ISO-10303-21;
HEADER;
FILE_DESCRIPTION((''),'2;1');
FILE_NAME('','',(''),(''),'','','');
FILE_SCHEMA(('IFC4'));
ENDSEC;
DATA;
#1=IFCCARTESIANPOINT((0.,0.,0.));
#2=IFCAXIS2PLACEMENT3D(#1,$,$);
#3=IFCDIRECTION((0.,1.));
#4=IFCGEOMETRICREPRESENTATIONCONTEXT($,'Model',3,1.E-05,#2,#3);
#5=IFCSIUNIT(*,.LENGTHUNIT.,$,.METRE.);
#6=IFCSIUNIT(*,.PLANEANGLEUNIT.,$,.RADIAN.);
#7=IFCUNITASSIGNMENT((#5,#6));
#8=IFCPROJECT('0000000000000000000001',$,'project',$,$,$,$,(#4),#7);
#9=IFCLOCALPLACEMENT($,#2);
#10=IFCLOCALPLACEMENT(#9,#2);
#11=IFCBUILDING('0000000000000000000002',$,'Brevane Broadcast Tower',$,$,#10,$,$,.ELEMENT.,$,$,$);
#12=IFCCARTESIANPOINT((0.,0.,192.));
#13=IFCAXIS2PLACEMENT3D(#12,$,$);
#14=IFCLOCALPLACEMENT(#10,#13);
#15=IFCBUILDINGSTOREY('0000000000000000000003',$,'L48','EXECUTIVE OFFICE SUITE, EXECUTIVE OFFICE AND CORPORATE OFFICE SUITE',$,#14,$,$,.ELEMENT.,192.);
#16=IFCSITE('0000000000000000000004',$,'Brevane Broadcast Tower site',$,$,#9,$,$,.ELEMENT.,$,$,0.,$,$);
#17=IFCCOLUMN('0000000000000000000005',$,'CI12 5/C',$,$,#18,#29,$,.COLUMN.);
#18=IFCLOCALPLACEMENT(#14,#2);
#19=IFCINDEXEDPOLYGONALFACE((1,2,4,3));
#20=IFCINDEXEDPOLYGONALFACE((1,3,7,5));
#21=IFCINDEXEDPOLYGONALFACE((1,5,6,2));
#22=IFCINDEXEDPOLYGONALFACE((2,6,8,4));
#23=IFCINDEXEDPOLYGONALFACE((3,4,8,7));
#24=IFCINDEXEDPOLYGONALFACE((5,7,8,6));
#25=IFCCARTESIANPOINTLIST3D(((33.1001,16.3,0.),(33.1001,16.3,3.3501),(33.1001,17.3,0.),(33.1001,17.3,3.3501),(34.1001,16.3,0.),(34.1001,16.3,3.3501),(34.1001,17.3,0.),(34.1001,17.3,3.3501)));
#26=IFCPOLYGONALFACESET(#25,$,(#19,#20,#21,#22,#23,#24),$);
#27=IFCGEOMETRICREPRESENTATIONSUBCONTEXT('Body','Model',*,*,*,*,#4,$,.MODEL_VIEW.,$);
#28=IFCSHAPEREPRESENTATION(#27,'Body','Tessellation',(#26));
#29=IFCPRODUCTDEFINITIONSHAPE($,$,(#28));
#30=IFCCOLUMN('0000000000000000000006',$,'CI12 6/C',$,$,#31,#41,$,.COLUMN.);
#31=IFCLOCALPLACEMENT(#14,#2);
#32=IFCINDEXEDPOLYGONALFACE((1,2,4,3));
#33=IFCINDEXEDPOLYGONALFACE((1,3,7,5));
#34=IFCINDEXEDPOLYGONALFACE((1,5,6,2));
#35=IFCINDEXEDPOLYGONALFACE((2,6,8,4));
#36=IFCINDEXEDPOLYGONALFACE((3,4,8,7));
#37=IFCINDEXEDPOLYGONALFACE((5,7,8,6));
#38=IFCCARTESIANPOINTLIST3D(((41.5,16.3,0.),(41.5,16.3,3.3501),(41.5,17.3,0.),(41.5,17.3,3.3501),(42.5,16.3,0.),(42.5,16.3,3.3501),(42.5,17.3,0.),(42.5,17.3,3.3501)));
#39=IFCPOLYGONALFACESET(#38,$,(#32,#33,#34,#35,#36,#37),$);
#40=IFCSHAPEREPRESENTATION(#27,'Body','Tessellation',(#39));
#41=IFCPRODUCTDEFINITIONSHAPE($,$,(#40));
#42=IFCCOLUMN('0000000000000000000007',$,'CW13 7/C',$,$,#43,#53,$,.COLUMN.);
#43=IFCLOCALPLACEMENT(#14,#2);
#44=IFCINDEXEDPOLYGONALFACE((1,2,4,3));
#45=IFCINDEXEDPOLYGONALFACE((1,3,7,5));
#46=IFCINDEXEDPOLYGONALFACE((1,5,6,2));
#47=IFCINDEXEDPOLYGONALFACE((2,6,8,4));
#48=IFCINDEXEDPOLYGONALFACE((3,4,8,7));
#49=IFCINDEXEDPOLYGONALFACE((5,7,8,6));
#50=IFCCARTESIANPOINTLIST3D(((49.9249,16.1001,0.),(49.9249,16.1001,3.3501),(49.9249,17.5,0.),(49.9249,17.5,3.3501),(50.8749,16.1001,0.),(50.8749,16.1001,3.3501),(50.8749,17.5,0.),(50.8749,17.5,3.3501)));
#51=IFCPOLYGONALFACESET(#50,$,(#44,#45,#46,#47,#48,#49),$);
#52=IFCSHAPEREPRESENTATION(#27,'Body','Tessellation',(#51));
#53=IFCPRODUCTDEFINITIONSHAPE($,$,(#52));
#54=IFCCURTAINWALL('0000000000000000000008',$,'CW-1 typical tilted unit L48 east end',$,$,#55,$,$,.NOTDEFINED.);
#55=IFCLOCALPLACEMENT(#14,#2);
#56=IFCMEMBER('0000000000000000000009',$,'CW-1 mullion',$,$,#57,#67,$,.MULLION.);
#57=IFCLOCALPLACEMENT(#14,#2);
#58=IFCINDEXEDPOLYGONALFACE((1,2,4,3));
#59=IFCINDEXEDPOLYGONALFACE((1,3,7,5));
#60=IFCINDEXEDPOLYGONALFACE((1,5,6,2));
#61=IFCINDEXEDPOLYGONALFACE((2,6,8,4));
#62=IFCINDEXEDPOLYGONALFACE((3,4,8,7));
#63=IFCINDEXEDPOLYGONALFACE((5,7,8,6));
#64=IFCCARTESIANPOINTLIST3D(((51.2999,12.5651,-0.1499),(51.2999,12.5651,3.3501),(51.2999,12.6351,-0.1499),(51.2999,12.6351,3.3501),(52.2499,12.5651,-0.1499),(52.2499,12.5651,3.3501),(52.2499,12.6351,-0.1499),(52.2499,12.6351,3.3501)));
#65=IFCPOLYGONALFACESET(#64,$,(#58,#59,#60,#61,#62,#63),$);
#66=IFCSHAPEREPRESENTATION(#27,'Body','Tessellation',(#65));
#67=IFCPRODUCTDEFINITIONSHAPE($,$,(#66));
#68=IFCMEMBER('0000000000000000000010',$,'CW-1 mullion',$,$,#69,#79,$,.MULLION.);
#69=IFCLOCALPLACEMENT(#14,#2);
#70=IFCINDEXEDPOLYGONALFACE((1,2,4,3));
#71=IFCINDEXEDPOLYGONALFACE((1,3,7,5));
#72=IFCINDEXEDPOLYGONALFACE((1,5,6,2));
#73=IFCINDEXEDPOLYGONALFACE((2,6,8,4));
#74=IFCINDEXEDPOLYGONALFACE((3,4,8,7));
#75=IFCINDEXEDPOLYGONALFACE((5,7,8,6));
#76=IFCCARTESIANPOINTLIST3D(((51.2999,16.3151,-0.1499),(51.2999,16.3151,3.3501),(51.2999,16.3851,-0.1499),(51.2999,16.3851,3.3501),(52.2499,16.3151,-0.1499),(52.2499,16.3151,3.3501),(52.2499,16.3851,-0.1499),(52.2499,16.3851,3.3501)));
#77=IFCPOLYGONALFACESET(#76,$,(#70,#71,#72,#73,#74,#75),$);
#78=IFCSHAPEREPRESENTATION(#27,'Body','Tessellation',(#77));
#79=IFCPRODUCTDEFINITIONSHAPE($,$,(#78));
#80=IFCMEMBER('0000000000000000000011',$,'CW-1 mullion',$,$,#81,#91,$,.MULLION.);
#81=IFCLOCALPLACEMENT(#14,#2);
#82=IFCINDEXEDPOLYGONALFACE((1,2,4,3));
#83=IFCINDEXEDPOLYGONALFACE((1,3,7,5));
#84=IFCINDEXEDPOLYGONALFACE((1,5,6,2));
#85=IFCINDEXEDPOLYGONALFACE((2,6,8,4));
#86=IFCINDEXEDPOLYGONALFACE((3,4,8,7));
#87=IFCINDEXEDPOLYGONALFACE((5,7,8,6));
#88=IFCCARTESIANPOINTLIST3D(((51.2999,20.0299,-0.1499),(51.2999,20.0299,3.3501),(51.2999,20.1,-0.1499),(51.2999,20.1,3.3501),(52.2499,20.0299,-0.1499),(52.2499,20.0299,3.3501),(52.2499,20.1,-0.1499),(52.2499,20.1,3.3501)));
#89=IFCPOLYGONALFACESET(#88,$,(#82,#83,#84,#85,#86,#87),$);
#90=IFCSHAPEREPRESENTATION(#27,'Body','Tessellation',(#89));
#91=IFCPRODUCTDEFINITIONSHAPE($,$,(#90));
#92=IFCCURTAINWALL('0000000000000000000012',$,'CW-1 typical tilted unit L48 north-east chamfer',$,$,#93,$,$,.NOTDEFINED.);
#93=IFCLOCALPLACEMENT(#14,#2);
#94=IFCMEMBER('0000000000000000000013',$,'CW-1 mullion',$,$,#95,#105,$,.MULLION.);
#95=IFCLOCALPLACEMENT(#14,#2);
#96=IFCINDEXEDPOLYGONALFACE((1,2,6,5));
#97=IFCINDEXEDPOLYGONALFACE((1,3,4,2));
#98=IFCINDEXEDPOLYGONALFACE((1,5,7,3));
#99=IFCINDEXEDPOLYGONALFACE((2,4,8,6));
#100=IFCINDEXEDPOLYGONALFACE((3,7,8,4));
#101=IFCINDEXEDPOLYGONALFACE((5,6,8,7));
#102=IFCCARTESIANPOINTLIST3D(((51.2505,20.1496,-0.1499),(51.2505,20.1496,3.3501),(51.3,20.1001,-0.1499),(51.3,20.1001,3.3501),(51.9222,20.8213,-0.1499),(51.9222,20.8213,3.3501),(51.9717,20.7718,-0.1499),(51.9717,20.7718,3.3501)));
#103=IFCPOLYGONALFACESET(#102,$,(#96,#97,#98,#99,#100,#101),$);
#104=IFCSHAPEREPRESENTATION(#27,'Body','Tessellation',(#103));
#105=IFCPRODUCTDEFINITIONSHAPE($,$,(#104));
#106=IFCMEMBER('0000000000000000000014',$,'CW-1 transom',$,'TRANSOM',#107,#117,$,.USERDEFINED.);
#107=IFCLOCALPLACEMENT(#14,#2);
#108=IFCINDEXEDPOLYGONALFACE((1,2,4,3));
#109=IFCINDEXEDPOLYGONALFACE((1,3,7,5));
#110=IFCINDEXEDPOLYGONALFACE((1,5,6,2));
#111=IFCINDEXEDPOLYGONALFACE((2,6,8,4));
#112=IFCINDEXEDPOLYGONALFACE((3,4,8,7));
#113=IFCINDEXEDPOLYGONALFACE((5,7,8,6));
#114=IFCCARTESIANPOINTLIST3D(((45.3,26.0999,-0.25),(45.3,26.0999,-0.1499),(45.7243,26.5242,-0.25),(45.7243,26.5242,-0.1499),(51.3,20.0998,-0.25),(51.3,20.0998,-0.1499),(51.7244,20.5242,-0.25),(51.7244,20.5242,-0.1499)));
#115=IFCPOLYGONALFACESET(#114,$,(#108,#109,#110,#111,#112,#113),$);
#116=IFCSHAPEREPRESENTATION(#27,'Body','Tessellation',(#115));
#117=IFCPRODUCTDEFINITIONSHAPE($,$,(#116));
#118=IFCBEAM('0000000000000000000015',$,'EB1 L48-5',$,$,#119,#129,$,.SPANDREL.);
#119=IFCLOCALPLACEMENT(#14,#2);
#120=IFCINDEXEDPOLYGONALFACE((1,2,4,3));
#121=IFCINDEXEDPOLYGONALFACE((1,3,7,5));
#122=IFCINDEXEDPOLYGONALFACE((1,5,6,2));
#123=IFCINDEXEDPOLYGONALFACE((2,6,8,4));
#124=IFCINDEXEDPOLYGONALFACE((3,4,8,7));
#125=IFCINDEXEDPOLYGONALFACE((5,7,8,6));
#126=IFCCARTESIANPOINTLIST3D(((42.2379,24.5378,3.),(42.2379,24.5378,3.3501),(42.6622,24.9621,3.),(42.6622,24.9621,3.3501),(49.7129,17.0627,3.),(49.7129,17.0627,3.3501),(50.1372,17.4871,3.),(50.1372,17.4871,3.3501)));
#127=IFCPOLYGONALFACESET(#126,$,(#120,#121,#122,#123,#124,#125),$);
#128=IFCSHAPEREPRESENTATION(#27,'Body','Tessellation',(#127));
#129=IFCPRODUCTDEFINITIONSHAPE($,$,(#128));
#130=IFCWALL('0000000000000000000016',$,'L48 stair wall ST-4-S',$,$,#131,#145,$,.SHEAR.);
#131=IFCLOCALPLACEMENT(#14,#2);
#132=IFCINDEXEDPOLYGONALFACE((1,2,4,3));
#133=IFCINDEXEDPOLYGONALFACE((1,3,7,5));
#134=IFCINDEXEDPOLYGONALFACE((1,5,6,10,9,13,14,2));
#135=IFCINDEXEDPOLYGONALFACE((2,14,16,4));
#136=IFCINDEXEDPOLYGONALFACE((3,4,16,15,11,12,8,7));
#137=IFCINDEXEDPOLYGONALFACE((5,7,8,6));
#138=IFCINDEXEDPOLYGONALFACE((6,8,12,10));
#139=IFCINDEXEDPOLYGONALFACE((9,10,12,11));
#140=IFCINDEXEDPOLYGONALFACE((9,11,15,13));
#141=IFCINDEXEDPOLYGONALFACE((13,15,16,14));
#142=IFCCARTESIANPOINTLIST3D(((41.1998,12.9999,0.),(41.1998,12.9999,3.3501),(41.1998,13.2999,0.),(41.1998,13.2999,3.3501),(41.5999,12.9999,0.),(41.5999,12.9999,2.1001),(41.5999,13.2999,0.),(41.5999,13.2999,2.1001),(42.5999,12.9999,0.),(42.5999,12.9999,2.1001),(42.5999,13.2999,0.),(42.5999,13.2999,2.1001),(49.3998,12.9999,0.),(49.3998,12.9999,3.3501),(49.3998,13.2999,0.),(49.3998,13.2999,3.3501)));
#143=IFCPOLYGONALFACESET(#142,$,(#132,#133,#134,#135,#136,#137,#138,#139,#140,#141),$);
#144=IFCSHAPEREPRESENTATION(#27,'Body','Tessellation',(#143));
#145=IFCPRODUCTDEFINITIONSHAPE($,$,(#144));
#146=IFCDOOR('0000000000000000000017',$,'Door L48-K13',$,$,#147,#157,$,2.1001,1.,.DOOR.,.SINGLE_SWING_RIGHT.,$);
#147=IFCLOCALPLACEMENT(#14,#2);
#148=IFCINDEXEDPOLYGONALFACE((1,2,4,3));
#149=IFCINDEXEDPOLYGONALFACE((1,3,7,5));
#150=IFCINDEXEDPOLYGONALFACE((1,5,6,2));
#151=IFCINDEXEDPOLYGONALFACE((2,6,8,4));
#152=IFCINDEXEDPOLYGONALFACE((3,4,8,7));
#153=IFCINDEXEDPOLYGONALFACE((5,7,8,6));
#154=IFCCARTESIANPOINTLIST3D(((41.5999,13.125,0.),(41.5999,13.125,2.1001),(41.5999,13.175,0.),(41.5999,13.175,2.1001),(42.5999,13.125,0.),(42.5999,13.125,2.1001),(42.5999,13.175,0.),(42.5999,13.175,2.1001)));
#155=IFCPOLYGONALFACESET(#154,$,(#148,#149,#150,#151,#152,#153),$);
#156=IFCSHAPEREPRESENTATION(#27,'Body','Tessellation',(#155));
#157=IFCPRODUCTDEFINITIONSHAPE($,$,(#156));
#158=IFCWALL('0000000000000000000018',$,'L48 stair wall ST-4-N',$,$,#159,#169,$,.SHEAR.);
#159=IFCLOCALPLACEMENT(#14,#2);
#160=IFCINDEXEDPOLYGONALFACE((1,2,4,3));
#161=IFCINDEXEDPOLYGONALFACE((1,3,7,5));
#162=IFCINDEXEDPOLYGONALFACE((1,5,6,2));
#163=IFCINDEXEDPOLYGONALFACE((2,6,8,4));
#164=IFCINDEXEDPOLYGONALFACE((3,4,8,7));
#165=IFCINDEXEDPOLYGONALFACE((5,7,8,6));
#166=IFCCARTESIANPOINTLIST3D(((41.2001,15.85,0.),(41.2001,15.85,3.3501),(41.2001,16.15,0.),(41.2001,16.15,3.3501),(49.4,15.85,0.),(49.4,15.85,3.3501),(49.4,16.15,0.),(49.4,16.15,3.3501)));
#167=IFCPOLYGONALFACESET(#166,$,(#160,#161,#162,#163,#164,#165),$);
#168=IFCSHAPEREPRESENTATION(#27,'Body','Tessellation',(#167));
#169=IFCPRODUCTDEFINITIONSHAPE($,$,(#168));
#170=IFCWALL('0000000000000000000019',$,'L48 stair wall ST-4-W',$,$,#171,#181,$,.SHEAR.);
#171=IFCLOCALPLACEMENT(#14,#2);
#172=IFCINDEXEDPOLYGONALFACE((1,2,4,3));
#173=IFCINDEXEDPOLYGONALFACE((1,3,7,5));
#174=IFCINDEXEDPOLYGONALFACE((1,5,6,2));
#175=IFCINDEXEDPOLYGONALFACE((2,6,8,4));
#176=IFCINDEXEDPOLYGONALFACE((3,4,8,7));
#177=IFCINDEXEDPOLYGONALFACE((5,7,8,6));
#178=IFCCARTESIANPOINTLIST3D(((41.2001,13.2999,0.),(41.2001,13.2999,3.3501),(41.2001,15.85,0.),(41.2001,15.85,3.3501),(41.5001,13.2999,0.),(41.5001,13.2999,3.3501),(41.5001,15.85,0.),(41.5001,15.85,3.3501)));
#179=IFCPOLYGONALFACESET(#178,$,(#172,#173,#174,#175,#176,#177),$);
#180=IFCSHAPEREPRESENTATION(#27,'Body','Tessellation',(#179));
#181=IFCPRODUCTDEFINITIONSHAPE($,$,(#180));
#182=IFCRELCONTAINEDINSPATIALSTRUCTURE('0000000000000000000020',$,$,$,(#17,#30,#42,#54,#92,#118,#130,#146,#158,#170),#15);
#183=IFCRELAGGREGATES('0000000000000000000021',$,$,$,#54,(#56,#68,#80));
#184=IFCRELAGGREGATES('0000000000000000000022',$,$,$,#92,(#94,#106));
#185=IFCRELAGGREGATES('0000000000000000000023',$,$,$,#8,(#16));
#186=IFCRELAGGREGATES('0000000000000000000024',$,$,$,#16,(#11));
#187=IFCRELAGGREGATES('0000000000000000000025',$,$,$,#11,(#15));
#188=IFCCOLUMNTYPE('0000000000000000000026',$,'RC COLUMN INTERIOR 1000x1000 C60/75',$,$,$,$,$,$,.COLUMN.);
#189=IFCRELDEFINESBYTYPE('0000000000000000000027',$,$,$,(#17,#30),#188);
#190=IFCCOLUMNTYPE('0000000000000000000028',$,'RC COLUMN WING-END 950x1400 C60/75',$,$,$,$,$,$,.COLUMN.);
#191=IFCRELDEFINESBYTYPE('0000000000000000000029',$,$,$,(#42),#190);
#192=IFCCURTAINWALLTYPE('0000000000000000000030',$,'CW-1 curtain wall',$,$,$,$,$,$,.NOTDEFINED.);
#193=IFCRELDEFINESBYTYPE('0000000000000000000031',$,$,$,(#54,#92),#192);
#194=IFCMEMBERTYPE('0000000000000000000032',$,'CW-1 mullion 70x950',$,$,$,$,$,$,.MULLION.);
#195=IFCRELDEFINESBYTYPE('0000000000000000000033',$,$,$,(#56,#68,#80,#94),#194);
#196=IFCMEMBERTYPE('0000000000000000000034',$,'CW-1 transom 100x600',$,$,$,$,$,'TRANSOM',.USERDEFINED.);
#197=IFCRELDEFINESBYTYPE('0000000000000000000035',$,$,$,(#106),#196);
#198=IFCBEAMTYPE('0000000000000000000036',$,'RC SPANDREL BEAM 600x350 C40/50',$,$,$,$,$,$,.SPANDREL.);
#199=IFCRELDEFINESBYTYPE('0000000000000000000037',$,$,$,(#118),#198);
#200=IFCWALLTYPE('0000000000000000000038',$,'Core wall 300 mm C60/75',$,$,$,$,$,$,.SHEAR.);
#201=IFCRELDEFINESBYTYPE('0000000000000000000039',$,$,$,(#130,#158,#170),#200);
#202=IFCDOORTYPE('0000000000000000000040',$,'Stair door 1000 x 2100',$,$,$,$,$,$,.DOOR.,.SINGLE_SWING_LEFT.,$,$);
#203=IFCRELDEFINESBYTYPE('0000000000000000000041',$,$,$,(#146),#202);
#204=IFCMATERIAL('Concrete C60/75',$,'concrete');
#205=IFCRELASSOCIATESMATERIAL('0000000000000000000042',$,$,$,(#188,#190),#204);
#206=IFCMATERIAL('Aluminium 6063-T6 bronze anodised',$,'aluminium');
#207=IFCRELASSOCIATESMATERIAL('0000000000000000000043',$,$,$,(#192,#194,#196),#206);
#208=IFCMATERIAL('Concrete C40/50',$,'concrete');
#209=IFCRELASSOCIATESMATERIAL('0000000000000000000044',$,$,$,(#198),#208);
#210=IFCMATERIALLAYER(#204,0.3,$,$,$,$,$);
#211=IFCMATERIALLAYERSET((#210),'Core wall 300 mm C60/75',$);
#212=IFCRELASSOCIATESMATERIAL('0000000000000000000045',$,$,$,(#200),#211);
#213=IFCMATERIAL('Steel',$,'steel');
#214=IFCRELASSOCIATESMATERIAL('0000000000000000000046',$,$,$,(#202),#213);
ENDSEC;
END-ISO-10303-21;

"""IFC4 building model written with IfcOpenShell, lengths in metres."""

from ifc_helpers import new_model, si_unit, direction, frame, frame_2d, origin, origin_2d, place, context, subcontext, project, spatial, rectangle, extrude, material, layer, layer_set, material_profile, profile_set, type_object, element, fill, aggregate, save


model = new_model("IFC4")

# Units and contexts
model_context = context("Model", 3, precision=1e-05, world=origin(), true_north=direction((0.0, 1.0)))
body_context = subcontext(model_context, "Body", "Model", "MODEL_VIEW")
ifc_project = project(units=[si_unit("LENGTHUNIT", "METRE"), si_unit("PLANEANGLEUNIT", "RADIAN")], contexts=[model_context])

# Site, building, storey
site_placement = place(None, origin())
site = spatial("IfcSite", under=ifc_project, at=site_placement, Name="Brevane Broadcast Tower site", CompositionType="ELEMENT", RefElevation=0.0)
building_placement = place(site_placement, origin())
building = spatial("IfcBuilding", under=site, at=building_placement, Name="Brevane Broadcast Tower", CompositionType="ELEMENT")
storey_placement = place(building_placement, frame((0.0, 0.0, 192.0)))
storey = spatial("IfcBuildingStorey", under=building, at=storey_placement, Name="L48", Description="EXECUTIVE OFFICE SUITE, EXECUTIVE OFFICE AND CORPORATE OFFICE SUITE", CompositionType="ELEMENT", Elevation=192.0)

# Columns
ifc_material_1 = material(Name="Concrete C60/75", Category="concrete")
ifc_material_profile_1 = material_profile(ifc_material_1, rectangle(XDim=1.0, YDim=1.0, at=origin_2d()), Name="RC 1000x1000")
ifc_profile_set_1 = profile_set([ifc_material_profile_1], Name="Concrete C60/75")
column_type_1 = type_object("IfcColumnType", Name="RC COLUMN INTERIOR 1000x1000 C60/75", PredefinedType="COLUMN", material=ifc_profile_set_1)
for number, where, z_axis, x_axis, name in (
    (1, (33.6001, 16.8, 0.0), (0.0, 0.0, 1.0), (1.0, 0.0, 0.0), "CI12 5/C"),
    (2, (42.0, 16.8, 0.0), (0.0, 0.0, 1.0), (1.0, 0.0, 0.0), "CI12 6/C"),
):
    element("IfcColumn", number, at=place(storey_placement, frame(where, z_axis=z_axis, x_axis=x_axis)), inside=storey, type_object=column_type_1, Name=name, PredefinedType="COLUMN", context=body_context, shape_type="SweptSolid", body=[
        extrude(rectangle(XDim=1.0, YDim=1.0, at=origin_2d()), origin(), (0.0, 0.0, 1.0), 3.3501),
    ])
ifc_material_profile_2 = material_profile(ifc_material_1, rectangle(XDim=0.95, YDim=1.3999, at=origin_2d()), Name="RC 950x1400")
ifc_profile_set_2 = profile_set([ifc_material_profile_2], Name="Concrete C60/75")
column_type_2 = type_object("IfcColumnType", Name="RC COLUMN WING-END 950x1400 C60/75", PredefinedType="COLUMN", material=ifc_profile_set_2)
column_placement = place(storey_placement, frame((50.3999, 16.8, 0.0), z_axis=(0.0, 0.0, 1.0), x_axis=(1.0, 0.0, 0.0)))
element("IfcColumn", 3, at=column_placement, inside=storey, type_object=column_type_2, Name="CW13 7/C", PredefinedType="COLUMN", context=body_context, shape_type="SweptSolid", body=[
    extrude(rectangle(XDim=0.95, YDim=1.3999, at=origin_2d()), origin(), (0.0, 0.0, 1.0), 3.3501),
])

# Curtain walls, members
ifc_material_2 = material(Name="Aluminium 6063-T6 bronze anodised", Category="aluminium")
curtain_wall_type = type_object("IfcCurtainWallType", Name="CW-1 curtain wall", PredefinedType="NOTDEFINED", material=ifc_material_2)
curtain_wall_1_placement = place(storey_placement, origin())
curtain_wall_1 = element("IfcCurtainWall", 4, at=curtain_wall_1_placement, inside=storey, type_object=curtain_wall_type, Name="CW-1 typical tilted unit L48 east end", PredefinedType="NOTDEFINED")
ifc_material_profile_3 = material_profile(ifc_material_2, rectangle(XDim=0.95, YDim=0.0701, at=origin_2d()), Name="RECT 70x950")
ifc_profile_set_3 = profile_set([ifc_material_profile_3], Name="Aluminium 6063-T6 bronze anodised")
member_type_1 = type_object("IfcMemberType", Name="CW-1 mullion 70x950", PredefinedType="MULLION", material=ifc_profile_set_3)
member_1_placement = place(storey_placement, frame((51.7749, 12.6001, -0.1499), z_axis=(0.0, 0.0, 1.0), x_axis=(-1.0, 0.0, 0.0)))
member_1 = element("IfcMember", 5, at=member_1_placement, type_object=member_type_1, Name="CW-1 mullion", PredefinedType="MULLION", context=body_context, shape_type="SweptSolid", body=[
    extrude(rectangle(XDim=0.95, YDim=0.0701, at=origin_2d()), origin(), (0.0, 0.0, 1.0), 3.5),
])
member_2_placement = place(storey_placement, frame((51.7749, 16.3501, -0.1499), z_axis=(0.0, 0.0, 1.0), x_axis=(-1.0, 0.0, 0.0)))
member_2 = element("IfcMember", 6, at=member_2_placement, type_object=member_type_1, Name="CW-1 mullion", PredefinedType="MULLION", context=body_context, shape_type="SweptSolid", body=[
    extrude(rectangle(XDim=0.95, YDim=0.0701, at=origin_2d()), origin(), (0.0, 0.0, 1.0), 3.5),
])
member_3_placement = place(storey_placement, frame((51.7749, 20.0649, -0.1499), z_axis=(0.0, 0.0, 1.0), x_axis=(-1.0, 0.0, 0.0)))
member_3 = element("IfcMember", 7, at=member_3_placement, type_object=member_type_1, Name="CW-1 mullion", PredefinedType="MULLION", context=body_context, shape_type="SweptSolid", body=[
    extrude(rectangle(XDim=0.95, YDim=0.0701, at=origin_2d()), origin(), (0.0, 0.0, 1.0), 3.5),
])
aggregate(curtain_wall_1, [member_1, member_2, member_3])
curtain_wall_2_placement = place(storey_placement, origin())
curtain_wall_2 = element("IfcCurtainWall", 8, at=curtain_wall_2_placement, inside=storey, type_object=curtain_wall_type, Name="CW-1 typical tilted unit L48 north-east chamfer", PredefinedType="NOTDEFINED")
member_4_placement = place(storey_placement, frame((51.6111, 20.4607, -0.1499), z_axis=(0.0, 0.0, 1.0), x_axis=(-0.707107, -0.707107, 0.0)))
member_4 = element("IfcMember", 9, at=member_4_placement, type_object=member_type_1, Name="CW-1 mullion", PredefinedType="MULLION", context=body_context, shape_type="SweptSolid", body=[
    extrude(rectangle(XDim=0.95, YDim=0.0701, at=origin_2d()), origin(), (0.0, 0.0, 1.0), 3.5),
])
ifc_material_profile_4 = material_profile(ifc_material_2, rectangle(XDim=0.6001, YDim=0.1001, at=origin_2d()), Name="RECT 100x600")
ifc_profile_set_4 = profile_set([ifc_material_profile_4], Name="Aluminium 6063-T6 bronze anodised")
member_type_2 = type_object("IfcMemberType", Name="CW-1 transom 100x600", ElementType="TRANSOM", PredefinedType="USERDEFINED", material=ifc_profile_set_4)
member_5_placement = place(storey_placement, frame((51.5122, 20.312, -0.2), z_axis=(-0.707107, 0.707107, 0.0), x_axis=(-0.707107, -0.707107, 0.0)))
member_5 = element("IfcMember", 10, at=member_5_placement, type_object=member_type_2, Name="CW-1 transom", ObjectType="TRANSOM", PredefinedType="USERDEFINED", context=body_context, shape_type="SweptSolid", body=[
    extrude(rectangle(XDim=0.6001, YDim=0.1001, at=origin_2d()), origin(), (0.0, 0.0, 1.0), 8.4854),
])
aggregate(curtain_wall_2, [member_4, member_5])

# Beam
ifc_material_3 = material(Name="Concrete C40/50", Category="concrete")
ifc_material_profile_5 = material_profile(ifc_material_3, rectangle(XDim=0.6001, YDim=0.3501, at=origin_2d()), Name="RC 600x350")
ifc_profile_set_5 = profile_set([ifc_material_profile_5], Name="Concrete C40/50")
beam_type = type_object("IfcBeamType", Name="RC SPANDREL BEAM 600x350 C40/50", PredefinedType="SPANDREL", material=ifc_profile_set_5)
beam_placement = place(storey_placement, frame((49.925, 17.2749, 3.175), z_axis=(-0.707107, 0.707107, 0.0), x_axis=(-0.707107, -0.707107, 0.0)))
element("IfcBeam", 11, at=beam_placement, inside=storey, type_object=beam_type, Name="EB1 L48-5", PredefinedType="SPANDREL", context=body_context, shape_type="SweptSolid", body=[
    extrude(rectangle(XDim=0.6001, YDim=0.3501, at=origin_2d()), origin(), (0.0, 0.0, 1.0), 10.5713),
])

# Wall, opening, door
ifc_layer_1 = layer(ifc_material_1, 0.3)
ifc_layer_set_1 = layer_set([ifc_layer_1], Name="Core wall 300 mm C60/75")
wall_type_1 = type_object("IfcWallType", Name="Core wall 300 mm C60/75", PredefinedType="SHEAR", material=ifc_layer_set_1)
wall_1_placement = place(storey_placement, frame((49.3999, 13.1499, 0.0), z_axis=(0.0, 0.0, 1.0), x_axis=(-1.0, 0.0, 0.0)))
wall_1 = element("IfcWall", 12, at=wall_1_placement, inside=storey, type_object=wall_type_1, Name="L48 stair wall ST-4-S", PredefinedType="SHEAR", context=body_context, shape_type="SweptSolid", body=[
    extrude(rectangle(XDim=8.2, YDim=0.3, at=frame_2d((4.1001, 0.0))), origin(), (0.0, 0.0, 1.0), 3.3501),
])
opening_1_placement = place(wall_1_placement, frame((6.8, 0.0, 0.0)))
opening_1 = element("IfcOpeningElement", 13, at=opening_1_placement, cuts=wall_1, PredefinedType="OPENING", context=body_context, shape_type="SweptSolid", body=[
    extrude(rectangle(XDim=1.0, YDim=2.1001, at=frame_2d((0.5, 1.05))), frame((0.0, 0.1599, 0.0), z_axis=(0.0, -1.0, 0.0), x_axis=(1.0, 0.0, 0.0)), (0.0, 0.0, 1.0), 0.3201),
])
ifc_material_4 = material(Name="Steel", Category="steel")
door_type_1 = type_object("IfcDoorType", Name="Stair door 1000 x 2100", OperationType="SINGLE_SWING_LEFT", PredefinedType="DOOR", material=ifc_material_4)
door_1_placement = place(opening_1_placement, origin())
door_1 = element("IfcDoor", 14, at=door_1_placement, inside=storey, type_object=door_type_1, Name="Door L48-K13", OperationType="SINGLE_SWING_RIGHT", OverallHeight=2.1001, OverallWidth=1.0, PredefinedType="DOOR", context=body_context, shape_type="SweptSolid", body=[
    extrude(rectangle(XDim=1.0, YDim=2.1001, at=frame_2d((0.5, 1.05))), frame((0.0, 0.0249, 0.0), z_axis=(0.0, -1.0, 0.0), x_axis=(1.0, 0.0, 0.0)), (0.0, 0.0, 1.0), 0.05),
])
fill(opening_1, door_1)

# Walls
wall_2_placement = place(storey_placement, frame((41.2, 16.0, 0.0), z_axis=(0.0, 0.0, 1.0), x_axis=(1.0, 0.0, 0.0)))
element("IfcWall", 15, at=wall_2_placement, inside=storey, type_object=wall_type_1, Name="L48 stair wall ST-4-N", PredefinedType="SHEAR", context=body_context, shape_type="SweptSolid", body=[
    extrude(rectangle(XDim=8.2, YDim=0.3, at=frame_2d((4.1001, 0.0))), origin(), (0.0, 0.0, 1.0), 3.3501),
])
for number, where, z_axis, x_axis, name in (
    (16, (41.3501, 13.3, 0.0), (0.0, 0.0, 1.0), (0.0, 1.0, 0.0), "L48 stair wall ST-4-W"),
):
    element("IfcWall", number, at=place(storey_placement, frame(where, z_axis=z_axis, x_axis=x_axis)), inside=storey, type_object=wall_type_1, Name=name, PredefinedType="SHEAR", context=body_context, shape_type="SweptSolid", body=[
        extrude(rectangle(XDim=2.55, YDim=0.3, at=frame_2d((1.2749, 0.0))), origin(), (0.0, 0.0, 1.0), 3.3501),
    ])

save(model, "model.ifc")
